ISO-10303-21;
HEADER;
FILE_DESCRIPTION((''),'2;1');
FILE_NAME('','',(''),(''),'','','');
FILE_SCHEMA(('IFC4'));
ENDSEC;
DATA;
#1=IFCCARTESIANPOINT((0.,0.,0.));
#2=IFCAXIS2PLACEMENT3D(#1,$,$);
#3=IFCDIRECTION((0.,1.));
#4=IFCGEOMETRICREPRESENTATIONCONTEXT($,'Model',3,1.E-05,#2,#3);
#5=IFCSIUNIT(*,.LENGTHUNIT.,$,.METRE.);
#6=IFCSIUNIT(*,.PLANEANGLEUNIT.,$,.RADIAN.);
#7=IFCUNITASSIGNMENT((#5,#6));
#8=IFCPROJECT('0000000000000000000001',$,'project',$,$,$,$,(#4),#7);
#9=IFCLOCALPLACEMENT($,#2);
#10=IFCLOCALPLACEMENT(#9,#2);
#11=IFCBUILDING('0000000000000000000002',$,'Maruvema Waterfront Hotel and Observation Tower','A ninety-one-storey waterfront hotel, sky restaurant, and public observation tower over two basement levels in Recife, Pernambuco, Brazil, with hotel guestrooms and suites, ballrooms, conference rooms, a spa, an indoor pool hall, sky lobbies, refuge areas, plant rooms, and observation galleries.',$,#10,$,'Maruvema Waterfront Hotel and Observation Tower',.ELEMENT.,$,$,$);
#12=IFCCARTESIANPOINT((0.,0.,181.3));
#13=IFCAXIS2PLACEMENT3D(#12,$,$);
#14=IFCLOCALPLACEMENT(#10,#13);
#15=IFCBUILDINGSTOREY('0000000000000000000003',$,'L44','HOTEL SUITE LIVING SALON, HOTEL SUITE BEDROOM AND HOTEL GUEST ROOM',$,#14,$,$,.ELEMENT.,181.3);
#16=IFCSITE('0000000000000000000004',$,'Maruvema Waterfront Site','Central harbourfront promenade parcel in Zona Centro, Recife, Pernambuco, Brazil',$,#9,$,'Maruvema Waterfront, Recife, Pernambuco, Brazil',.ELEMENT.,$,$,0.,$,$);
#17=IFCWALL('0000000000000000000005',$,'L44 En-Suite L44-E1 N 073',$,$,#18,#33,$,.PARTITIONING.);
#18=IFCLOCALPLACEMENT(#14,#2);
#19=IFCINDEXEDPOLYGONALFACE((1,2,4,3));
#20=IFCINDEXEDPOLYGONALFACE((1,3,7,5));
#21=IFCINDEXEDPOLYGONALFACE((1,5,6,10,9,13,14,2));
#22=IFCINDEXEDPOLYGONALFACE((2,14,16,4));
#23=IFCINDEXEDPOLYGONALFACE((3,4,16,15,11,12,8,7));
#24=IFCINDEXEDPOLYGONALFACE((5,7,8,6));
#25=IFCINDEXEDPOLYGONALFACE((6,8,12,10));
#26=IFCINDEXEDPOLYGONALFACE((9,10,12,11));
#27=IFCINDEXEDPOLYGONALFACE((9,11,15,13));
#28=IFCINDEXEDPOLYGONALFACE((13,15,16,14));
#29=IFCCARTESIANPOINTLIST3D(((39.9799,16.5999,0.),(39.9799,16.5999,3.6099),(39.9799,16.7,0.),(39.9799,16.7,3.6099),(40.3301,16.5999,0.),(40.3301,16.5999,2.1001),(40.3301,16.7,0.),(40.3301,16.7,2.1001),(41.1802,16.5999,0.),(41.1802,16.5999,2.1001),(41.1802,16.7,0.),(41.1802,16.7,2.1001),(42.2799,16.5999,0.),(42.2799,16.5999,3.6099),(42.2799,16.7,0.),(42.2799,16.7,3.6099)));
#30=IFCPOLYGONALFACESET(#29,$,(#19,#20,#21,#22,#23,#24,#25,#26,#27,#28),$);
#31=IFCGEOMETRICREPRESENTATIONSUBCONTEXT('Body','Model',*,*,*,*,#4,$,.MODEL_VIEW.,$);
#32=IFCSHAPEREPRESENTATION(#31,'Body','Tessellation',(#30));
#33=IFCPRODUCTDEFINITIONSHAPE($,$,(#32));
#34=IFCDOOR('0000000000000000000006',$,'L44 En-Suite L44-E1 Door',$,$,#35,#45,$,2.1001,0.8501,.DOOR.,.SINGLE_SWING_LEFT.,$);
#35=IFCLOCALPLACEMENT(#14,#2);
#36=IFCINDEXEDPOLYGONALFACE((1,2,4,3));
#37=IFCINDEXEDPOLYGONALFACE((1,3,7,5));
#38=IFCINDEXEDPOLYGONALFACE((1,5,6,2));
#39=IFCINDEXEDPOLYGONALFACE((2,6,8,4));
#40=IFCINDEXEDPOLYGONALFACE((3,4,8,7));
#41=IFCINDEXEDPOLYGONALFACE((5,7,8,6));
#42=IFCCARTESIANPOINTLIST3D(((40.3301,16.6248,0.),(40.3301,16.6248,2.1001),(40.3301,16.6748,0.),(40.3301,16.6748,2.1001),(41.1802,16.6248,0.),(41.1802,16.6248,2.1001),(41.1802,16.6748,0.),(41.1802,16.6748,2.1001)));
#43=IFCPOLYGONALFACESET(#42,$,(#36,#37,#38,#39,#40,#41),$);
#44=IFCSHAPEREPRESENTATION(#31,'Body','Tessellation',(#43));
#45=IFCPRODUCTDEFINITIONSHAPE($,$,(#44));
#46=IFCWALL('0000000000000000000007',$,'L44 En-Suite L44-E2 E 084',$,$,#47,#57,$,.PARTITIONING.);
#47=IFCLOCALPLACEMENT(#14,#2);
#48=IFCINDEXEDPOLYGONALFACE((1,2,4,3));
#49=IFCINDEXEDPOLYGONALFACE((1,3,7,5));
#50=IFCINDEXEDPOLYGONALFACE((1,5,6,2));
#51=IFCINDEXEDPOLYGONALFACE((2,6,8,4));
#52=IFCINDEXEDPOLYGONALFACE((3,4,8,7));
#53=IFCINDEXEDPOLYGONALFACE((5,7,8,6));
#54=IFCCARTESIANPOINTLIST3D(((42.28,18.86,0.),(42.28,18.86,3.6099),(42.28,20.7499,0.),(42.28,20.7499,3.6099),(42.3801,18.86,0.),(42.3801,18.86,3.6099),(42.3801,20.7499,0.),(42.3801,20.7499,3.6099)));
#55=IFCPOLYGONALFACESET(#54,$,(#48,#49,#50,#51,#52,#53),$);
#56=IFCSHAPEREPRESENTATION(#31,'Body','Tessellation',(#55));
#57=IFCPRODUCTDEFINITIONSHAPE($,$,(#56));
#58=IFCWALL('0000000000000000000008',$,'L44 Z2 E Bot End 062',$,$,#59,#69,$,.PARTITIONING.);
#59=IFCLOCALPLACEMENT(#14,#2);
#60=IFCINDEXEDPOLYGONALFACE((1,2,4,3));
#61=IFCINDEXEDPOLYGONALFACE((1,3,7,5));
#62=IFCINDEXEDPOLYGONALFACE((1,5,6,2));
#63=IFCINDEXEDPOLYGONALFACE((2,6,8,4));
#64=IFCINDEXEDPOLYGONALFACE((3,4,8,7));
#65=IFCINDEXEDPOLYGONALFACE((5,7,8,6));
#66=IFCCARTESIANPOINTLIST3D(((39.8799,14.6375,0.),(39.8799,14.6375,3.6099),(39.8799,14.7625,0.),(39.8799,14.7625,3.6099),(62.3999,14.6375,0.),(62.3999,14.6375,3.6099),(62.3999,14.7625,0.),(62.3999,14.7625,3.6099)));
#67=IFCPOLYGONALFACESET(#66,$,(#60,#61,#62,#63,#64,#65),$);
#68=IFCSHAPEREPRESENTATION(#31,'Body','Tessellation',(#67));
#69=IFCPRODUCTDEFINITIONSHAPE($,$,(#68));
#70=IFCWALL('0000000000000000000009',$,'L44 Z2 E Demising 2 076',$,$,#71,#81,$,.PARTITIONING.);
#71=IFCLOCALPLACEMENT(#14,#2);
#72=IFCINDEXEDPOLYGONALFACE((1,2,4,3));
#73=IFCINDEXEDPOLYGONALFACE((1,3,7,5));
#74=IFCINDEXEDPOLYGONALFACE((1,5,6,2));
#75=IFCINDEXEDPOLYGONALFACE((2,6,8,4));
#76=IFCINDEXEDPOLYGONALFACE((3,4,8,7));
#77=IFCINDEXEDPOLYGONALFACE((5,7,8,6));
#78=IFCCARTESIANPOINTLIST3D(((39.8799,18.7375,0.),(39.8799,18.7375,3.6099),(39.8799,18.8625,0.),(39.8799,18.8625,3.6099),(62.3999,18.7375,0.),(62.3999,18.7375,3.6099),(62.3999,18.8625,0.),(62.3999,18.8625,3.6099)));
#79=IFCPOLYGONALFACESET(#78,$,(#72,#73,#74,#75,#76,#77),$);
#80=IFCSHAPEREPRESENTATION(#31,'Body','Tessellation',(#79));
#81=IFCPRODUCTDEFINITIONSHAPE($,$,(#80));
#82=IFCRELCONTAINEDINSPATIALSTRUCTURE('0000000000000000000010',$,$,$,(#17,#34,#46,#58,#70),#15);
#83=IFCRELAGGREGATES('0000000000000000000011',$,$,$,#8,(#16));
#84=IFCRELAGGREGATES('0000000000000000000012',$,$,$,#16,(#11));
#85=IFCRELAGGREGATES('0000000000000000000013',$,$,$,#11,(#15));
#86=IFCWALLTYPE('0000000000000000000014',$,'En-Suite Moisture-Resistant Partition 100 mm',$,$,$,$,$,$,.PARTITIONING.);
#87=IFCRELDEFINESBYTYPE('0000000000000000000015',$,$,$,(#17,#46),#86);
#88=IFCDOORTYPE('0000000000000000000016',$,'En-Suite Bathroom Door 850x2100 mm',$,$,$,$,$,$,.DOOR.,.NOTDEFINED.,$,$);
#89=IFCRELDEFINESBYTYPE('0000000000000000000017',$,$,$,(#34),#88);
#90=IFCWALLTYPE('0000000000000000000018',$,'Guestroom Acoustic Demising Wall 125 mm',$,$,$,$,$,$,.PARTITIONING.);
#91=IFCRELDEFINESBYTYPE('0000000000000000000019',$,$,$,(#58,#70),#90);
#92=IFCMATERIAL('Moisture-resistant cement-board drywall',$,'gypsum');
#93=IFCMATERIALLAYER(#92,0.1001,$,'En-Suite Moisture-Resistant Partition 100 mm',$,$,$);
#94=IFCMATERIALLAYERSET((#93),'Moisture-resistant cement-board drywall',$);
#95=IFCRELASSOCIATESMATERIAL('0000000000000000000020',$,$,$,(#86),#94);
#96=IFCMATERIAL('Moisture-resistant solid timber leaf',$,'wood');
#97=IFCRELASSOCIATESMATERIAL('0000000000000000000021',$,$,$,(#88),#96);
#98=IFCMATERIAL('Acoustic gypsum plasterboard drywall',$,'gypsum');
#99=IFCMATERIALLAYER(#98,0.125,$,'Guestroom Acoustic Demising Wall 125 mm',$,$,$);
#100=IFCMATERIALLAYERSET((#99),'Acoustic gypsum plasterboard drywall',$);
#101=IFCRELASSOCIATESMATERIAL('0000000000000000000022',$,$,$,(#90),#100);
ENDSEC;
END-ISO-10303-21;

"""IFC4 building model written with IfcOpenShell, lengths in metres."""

from ifc_helpers import new_model, si_unit, direction, frame, frame_2d, origin, place, context, subcontext, project, spatial, rectangle, extrude, material, layer, layer_set, type_object, element, fill, save


model = new_model("IFC4")

# Units and contexts
model_context = context("Model", 3, precision=1e-05, world=origin(), true_north=direction((0.0, 1.0)))
body_context = subcontext(model_context, "Body", "Model", "MODEL_VIEW")
ifc_project = project(units=[si_unit("LENGTHUNIT", "METRE"), si_unit("PLANEANGLEUNIT", "RADIAN")], contexts=[model_context])

# Site, building, storey
site_placement = place(None, origin())
site = spatial("IfcSite", under=ifc_project, at=site_placement, Name="Maruvema Waterfront Site", Description="Central harbourfront promenade parcel in Zona Centro, Recife, Pernambuco, Brazil", LongName="Maruvema Waterfront, Recife, Pernambuco, Brazil", CompositionType="ELEMENT", RefElevation=0.0)
building_placement = place(site_placement, origin())
building = spatial("IfcBuilding", under=site, at=building_placement, Name="Maruvema Waterfront Hotel and Observation Tower", Description="A ninety-one-storey waterfront hotel, sky restaurant, and public observation tower over two basement levels in Recife, Pernambuco, Brazil, with hotel guestrooms and suites, ballrooms, conference rooms, a spa, an indoor pool hall, sky lobbies, refuge areas, plant rooms, and observation galleries.", LongName="Maruvema Waterfront Hotel and Observation Tower", CompositionType="ELEMENT")
storey_placement = place(building_placement, frame((0.0, 0.0, 181.3)))
storey = spatial("IfcBuildingStorey", under=building, at=storey_placement, Name="L44", Description="HOTEL SUITE LIVING SALON, HOTEL SUITE BEDROOM AND HOTEL GUEST ROOM", CompositionType="ELEMENT", Elevation=181.3)

# Shared definitions
ifc_material_1 = material(Name="Moisture-resistant cement-board drywall", Category="gypsum")
ifc_layer_1 = layer(ifc_material_1, 0.1001, Name="En-Suite Moisture-Resistant Partition 100 mm")
ifc_layer_set_1 = layer_set([ifc_layer_1], Name="Moisture-resistant cement-board drywall")
wall_type_1 = type_object("IfcWallType", Name="En-Suite Moisture-Resistant Partition 100 mm", PredefinedType="PARTITIONING", material=ifc_layer_set_1)

# Wall, opening, door
wall_1_placement = place(storey_placement, frame((39.98, 16.6499, 0.0), z_axis=(0.0, 0.0, 1.0), x_axis=(1.0, 0.0, 0.0)))
wall_1 = element("IfcWall", 1, at=wall_1_placement, inside=storey, type_object=wall_type_1, Name="L44 En-Suite L44-E1 N 073", PredefinedType="PARTITIONING", context=body_context, shape_type="SweptSolid", body=[
    extrude(rectangle(XDim=2.3, YDim=0.1001, at=frame_2d((1.1499, 0.0))), origin(), (0.0, 0.0, 1.0), 3.6099),
])
opening_1_placement = place(wall_1_placement, frame((0.3501, 0.0, 0.0)))
opening_1 = element("IfcOpeningElement", 2, at=opening_1_placement, cuts=wall_1, PredefinedType="OPENING", context=body_context, shape_type="SweptSolid", body=[
    extrude(rectangle(XDim=0.8501, YDim=2.1001, at=frame_2d((0.425, 1.05))), frame((0.0, 0.0601, 0.0), z_axis=(0.0, -1.0, 0.0), x_axis=(1.0, 0.0, 0.0)), (0.0, 0.0, 1.0), 0.1201),
])
ifc_material_2 = material(Name="Moisture-resistant solid timber leaf", Category="wood")
door_type_1 = type_object("IfcDoorType", Name="En-Suite Bathroom Door 850x2100 mm", OperationType="NOTDEFINED", PredefinedType="DOOR", material=ifc_material_2)
door_1_placement = place(opening_1_placement, origin())
door_1 = element("IfcDoor", 3, at=door_1_placement, inside=storey, type_object=door_type_1, Name="L44 En-Suite L44-E1 Door", OperationType="SINGLE_SWING_LEFT", OverallHeight=2.1001, OverallWidth=0.8501, PredefinedType="DOOR", context=body_context, shape_type="SweptSolid", body=[
    extrude(rectangle(XDim=0.8501, YDim=2.1001, at=frame_2d((0.425, 1.05))), frame((0.0, 0.0249, 0.0), z_axis=(0.0, -1.0, 0.0), x_axis=(1.0, 0.0, 0.0)), (0.0, 0.0, 1.0), 0.05),
])
fill(opening_1, door_1)

# Walls
wall_2_placement = place(storey_placement, frame((42.3301, 18.8601, 0.0), z_axis=(0.0, 0.0, 1.0), x_axis=(0.0, 1.0, 0.0)))
element("IfcWall", 4, at=wall_2_placement, inside=storey, type_object=wall_type_1, Name="L44 En-Suite L44-E2 E 084", PredefinedType="PARTITIONING", context=body_context, shape_type="SweptSolid", body=[
    extrude(rectangle(XDim=1.8899, YDim=0.1001, at=frame_2d((0.9448, 0.0))), origin(), (0.0, 0.0, 1.0), 3.6099),
])
ifc_material_3 = material(Name="Acoustic gypsum plasterboard drywall", Category="gypsum")
ifc_layer_2 = layer(ifc_material_3, 0.125, Name="Guestroom Acoustic Demising Wall 125 mm")
ifc_layer_set_2 = layer_set([ifc_layer_2], Name="Acoustic gypsum plasterboard drywall")
wall_type_2 = type_object("IfcWallType", Name="Guestroom Acoustic Demising Wall 125 mm", PredefinedType="PARTITIONING", material=ifc_layer_set_2)
for number, where, z_axis, x_axis, name in (
    (5, (39.8799, 14.7, 0.0), (0.0, 0.0, 1.0), (1.0, 0.0, 0.0), "L44 Z2 E Bot End 062"),
    (6, (39.8799, 18.8, 0.0), (0.0, 0.0, 1.0), (1.0, 0.0, 0.0), "L44 Z2 E Demising 2 076"),
):
    element("IfcWall", number, at=place(storey_placement, frame(where, z_axis=z_axis, x_axis=x_axis)), inside=storey, type_object=wall_type_2, Name=name, PredefinedType="PARTITIONING", context=body_context, shape_type="SweptSolid", body=[
        extrude(rectangle(XDim=22.52, YDim=0.125, at=frame_2d((11.26, 0.0))), origin(), (0.0, 0.0, 1.0), 3.6099),
    ])

save(model, "model.ifc")
